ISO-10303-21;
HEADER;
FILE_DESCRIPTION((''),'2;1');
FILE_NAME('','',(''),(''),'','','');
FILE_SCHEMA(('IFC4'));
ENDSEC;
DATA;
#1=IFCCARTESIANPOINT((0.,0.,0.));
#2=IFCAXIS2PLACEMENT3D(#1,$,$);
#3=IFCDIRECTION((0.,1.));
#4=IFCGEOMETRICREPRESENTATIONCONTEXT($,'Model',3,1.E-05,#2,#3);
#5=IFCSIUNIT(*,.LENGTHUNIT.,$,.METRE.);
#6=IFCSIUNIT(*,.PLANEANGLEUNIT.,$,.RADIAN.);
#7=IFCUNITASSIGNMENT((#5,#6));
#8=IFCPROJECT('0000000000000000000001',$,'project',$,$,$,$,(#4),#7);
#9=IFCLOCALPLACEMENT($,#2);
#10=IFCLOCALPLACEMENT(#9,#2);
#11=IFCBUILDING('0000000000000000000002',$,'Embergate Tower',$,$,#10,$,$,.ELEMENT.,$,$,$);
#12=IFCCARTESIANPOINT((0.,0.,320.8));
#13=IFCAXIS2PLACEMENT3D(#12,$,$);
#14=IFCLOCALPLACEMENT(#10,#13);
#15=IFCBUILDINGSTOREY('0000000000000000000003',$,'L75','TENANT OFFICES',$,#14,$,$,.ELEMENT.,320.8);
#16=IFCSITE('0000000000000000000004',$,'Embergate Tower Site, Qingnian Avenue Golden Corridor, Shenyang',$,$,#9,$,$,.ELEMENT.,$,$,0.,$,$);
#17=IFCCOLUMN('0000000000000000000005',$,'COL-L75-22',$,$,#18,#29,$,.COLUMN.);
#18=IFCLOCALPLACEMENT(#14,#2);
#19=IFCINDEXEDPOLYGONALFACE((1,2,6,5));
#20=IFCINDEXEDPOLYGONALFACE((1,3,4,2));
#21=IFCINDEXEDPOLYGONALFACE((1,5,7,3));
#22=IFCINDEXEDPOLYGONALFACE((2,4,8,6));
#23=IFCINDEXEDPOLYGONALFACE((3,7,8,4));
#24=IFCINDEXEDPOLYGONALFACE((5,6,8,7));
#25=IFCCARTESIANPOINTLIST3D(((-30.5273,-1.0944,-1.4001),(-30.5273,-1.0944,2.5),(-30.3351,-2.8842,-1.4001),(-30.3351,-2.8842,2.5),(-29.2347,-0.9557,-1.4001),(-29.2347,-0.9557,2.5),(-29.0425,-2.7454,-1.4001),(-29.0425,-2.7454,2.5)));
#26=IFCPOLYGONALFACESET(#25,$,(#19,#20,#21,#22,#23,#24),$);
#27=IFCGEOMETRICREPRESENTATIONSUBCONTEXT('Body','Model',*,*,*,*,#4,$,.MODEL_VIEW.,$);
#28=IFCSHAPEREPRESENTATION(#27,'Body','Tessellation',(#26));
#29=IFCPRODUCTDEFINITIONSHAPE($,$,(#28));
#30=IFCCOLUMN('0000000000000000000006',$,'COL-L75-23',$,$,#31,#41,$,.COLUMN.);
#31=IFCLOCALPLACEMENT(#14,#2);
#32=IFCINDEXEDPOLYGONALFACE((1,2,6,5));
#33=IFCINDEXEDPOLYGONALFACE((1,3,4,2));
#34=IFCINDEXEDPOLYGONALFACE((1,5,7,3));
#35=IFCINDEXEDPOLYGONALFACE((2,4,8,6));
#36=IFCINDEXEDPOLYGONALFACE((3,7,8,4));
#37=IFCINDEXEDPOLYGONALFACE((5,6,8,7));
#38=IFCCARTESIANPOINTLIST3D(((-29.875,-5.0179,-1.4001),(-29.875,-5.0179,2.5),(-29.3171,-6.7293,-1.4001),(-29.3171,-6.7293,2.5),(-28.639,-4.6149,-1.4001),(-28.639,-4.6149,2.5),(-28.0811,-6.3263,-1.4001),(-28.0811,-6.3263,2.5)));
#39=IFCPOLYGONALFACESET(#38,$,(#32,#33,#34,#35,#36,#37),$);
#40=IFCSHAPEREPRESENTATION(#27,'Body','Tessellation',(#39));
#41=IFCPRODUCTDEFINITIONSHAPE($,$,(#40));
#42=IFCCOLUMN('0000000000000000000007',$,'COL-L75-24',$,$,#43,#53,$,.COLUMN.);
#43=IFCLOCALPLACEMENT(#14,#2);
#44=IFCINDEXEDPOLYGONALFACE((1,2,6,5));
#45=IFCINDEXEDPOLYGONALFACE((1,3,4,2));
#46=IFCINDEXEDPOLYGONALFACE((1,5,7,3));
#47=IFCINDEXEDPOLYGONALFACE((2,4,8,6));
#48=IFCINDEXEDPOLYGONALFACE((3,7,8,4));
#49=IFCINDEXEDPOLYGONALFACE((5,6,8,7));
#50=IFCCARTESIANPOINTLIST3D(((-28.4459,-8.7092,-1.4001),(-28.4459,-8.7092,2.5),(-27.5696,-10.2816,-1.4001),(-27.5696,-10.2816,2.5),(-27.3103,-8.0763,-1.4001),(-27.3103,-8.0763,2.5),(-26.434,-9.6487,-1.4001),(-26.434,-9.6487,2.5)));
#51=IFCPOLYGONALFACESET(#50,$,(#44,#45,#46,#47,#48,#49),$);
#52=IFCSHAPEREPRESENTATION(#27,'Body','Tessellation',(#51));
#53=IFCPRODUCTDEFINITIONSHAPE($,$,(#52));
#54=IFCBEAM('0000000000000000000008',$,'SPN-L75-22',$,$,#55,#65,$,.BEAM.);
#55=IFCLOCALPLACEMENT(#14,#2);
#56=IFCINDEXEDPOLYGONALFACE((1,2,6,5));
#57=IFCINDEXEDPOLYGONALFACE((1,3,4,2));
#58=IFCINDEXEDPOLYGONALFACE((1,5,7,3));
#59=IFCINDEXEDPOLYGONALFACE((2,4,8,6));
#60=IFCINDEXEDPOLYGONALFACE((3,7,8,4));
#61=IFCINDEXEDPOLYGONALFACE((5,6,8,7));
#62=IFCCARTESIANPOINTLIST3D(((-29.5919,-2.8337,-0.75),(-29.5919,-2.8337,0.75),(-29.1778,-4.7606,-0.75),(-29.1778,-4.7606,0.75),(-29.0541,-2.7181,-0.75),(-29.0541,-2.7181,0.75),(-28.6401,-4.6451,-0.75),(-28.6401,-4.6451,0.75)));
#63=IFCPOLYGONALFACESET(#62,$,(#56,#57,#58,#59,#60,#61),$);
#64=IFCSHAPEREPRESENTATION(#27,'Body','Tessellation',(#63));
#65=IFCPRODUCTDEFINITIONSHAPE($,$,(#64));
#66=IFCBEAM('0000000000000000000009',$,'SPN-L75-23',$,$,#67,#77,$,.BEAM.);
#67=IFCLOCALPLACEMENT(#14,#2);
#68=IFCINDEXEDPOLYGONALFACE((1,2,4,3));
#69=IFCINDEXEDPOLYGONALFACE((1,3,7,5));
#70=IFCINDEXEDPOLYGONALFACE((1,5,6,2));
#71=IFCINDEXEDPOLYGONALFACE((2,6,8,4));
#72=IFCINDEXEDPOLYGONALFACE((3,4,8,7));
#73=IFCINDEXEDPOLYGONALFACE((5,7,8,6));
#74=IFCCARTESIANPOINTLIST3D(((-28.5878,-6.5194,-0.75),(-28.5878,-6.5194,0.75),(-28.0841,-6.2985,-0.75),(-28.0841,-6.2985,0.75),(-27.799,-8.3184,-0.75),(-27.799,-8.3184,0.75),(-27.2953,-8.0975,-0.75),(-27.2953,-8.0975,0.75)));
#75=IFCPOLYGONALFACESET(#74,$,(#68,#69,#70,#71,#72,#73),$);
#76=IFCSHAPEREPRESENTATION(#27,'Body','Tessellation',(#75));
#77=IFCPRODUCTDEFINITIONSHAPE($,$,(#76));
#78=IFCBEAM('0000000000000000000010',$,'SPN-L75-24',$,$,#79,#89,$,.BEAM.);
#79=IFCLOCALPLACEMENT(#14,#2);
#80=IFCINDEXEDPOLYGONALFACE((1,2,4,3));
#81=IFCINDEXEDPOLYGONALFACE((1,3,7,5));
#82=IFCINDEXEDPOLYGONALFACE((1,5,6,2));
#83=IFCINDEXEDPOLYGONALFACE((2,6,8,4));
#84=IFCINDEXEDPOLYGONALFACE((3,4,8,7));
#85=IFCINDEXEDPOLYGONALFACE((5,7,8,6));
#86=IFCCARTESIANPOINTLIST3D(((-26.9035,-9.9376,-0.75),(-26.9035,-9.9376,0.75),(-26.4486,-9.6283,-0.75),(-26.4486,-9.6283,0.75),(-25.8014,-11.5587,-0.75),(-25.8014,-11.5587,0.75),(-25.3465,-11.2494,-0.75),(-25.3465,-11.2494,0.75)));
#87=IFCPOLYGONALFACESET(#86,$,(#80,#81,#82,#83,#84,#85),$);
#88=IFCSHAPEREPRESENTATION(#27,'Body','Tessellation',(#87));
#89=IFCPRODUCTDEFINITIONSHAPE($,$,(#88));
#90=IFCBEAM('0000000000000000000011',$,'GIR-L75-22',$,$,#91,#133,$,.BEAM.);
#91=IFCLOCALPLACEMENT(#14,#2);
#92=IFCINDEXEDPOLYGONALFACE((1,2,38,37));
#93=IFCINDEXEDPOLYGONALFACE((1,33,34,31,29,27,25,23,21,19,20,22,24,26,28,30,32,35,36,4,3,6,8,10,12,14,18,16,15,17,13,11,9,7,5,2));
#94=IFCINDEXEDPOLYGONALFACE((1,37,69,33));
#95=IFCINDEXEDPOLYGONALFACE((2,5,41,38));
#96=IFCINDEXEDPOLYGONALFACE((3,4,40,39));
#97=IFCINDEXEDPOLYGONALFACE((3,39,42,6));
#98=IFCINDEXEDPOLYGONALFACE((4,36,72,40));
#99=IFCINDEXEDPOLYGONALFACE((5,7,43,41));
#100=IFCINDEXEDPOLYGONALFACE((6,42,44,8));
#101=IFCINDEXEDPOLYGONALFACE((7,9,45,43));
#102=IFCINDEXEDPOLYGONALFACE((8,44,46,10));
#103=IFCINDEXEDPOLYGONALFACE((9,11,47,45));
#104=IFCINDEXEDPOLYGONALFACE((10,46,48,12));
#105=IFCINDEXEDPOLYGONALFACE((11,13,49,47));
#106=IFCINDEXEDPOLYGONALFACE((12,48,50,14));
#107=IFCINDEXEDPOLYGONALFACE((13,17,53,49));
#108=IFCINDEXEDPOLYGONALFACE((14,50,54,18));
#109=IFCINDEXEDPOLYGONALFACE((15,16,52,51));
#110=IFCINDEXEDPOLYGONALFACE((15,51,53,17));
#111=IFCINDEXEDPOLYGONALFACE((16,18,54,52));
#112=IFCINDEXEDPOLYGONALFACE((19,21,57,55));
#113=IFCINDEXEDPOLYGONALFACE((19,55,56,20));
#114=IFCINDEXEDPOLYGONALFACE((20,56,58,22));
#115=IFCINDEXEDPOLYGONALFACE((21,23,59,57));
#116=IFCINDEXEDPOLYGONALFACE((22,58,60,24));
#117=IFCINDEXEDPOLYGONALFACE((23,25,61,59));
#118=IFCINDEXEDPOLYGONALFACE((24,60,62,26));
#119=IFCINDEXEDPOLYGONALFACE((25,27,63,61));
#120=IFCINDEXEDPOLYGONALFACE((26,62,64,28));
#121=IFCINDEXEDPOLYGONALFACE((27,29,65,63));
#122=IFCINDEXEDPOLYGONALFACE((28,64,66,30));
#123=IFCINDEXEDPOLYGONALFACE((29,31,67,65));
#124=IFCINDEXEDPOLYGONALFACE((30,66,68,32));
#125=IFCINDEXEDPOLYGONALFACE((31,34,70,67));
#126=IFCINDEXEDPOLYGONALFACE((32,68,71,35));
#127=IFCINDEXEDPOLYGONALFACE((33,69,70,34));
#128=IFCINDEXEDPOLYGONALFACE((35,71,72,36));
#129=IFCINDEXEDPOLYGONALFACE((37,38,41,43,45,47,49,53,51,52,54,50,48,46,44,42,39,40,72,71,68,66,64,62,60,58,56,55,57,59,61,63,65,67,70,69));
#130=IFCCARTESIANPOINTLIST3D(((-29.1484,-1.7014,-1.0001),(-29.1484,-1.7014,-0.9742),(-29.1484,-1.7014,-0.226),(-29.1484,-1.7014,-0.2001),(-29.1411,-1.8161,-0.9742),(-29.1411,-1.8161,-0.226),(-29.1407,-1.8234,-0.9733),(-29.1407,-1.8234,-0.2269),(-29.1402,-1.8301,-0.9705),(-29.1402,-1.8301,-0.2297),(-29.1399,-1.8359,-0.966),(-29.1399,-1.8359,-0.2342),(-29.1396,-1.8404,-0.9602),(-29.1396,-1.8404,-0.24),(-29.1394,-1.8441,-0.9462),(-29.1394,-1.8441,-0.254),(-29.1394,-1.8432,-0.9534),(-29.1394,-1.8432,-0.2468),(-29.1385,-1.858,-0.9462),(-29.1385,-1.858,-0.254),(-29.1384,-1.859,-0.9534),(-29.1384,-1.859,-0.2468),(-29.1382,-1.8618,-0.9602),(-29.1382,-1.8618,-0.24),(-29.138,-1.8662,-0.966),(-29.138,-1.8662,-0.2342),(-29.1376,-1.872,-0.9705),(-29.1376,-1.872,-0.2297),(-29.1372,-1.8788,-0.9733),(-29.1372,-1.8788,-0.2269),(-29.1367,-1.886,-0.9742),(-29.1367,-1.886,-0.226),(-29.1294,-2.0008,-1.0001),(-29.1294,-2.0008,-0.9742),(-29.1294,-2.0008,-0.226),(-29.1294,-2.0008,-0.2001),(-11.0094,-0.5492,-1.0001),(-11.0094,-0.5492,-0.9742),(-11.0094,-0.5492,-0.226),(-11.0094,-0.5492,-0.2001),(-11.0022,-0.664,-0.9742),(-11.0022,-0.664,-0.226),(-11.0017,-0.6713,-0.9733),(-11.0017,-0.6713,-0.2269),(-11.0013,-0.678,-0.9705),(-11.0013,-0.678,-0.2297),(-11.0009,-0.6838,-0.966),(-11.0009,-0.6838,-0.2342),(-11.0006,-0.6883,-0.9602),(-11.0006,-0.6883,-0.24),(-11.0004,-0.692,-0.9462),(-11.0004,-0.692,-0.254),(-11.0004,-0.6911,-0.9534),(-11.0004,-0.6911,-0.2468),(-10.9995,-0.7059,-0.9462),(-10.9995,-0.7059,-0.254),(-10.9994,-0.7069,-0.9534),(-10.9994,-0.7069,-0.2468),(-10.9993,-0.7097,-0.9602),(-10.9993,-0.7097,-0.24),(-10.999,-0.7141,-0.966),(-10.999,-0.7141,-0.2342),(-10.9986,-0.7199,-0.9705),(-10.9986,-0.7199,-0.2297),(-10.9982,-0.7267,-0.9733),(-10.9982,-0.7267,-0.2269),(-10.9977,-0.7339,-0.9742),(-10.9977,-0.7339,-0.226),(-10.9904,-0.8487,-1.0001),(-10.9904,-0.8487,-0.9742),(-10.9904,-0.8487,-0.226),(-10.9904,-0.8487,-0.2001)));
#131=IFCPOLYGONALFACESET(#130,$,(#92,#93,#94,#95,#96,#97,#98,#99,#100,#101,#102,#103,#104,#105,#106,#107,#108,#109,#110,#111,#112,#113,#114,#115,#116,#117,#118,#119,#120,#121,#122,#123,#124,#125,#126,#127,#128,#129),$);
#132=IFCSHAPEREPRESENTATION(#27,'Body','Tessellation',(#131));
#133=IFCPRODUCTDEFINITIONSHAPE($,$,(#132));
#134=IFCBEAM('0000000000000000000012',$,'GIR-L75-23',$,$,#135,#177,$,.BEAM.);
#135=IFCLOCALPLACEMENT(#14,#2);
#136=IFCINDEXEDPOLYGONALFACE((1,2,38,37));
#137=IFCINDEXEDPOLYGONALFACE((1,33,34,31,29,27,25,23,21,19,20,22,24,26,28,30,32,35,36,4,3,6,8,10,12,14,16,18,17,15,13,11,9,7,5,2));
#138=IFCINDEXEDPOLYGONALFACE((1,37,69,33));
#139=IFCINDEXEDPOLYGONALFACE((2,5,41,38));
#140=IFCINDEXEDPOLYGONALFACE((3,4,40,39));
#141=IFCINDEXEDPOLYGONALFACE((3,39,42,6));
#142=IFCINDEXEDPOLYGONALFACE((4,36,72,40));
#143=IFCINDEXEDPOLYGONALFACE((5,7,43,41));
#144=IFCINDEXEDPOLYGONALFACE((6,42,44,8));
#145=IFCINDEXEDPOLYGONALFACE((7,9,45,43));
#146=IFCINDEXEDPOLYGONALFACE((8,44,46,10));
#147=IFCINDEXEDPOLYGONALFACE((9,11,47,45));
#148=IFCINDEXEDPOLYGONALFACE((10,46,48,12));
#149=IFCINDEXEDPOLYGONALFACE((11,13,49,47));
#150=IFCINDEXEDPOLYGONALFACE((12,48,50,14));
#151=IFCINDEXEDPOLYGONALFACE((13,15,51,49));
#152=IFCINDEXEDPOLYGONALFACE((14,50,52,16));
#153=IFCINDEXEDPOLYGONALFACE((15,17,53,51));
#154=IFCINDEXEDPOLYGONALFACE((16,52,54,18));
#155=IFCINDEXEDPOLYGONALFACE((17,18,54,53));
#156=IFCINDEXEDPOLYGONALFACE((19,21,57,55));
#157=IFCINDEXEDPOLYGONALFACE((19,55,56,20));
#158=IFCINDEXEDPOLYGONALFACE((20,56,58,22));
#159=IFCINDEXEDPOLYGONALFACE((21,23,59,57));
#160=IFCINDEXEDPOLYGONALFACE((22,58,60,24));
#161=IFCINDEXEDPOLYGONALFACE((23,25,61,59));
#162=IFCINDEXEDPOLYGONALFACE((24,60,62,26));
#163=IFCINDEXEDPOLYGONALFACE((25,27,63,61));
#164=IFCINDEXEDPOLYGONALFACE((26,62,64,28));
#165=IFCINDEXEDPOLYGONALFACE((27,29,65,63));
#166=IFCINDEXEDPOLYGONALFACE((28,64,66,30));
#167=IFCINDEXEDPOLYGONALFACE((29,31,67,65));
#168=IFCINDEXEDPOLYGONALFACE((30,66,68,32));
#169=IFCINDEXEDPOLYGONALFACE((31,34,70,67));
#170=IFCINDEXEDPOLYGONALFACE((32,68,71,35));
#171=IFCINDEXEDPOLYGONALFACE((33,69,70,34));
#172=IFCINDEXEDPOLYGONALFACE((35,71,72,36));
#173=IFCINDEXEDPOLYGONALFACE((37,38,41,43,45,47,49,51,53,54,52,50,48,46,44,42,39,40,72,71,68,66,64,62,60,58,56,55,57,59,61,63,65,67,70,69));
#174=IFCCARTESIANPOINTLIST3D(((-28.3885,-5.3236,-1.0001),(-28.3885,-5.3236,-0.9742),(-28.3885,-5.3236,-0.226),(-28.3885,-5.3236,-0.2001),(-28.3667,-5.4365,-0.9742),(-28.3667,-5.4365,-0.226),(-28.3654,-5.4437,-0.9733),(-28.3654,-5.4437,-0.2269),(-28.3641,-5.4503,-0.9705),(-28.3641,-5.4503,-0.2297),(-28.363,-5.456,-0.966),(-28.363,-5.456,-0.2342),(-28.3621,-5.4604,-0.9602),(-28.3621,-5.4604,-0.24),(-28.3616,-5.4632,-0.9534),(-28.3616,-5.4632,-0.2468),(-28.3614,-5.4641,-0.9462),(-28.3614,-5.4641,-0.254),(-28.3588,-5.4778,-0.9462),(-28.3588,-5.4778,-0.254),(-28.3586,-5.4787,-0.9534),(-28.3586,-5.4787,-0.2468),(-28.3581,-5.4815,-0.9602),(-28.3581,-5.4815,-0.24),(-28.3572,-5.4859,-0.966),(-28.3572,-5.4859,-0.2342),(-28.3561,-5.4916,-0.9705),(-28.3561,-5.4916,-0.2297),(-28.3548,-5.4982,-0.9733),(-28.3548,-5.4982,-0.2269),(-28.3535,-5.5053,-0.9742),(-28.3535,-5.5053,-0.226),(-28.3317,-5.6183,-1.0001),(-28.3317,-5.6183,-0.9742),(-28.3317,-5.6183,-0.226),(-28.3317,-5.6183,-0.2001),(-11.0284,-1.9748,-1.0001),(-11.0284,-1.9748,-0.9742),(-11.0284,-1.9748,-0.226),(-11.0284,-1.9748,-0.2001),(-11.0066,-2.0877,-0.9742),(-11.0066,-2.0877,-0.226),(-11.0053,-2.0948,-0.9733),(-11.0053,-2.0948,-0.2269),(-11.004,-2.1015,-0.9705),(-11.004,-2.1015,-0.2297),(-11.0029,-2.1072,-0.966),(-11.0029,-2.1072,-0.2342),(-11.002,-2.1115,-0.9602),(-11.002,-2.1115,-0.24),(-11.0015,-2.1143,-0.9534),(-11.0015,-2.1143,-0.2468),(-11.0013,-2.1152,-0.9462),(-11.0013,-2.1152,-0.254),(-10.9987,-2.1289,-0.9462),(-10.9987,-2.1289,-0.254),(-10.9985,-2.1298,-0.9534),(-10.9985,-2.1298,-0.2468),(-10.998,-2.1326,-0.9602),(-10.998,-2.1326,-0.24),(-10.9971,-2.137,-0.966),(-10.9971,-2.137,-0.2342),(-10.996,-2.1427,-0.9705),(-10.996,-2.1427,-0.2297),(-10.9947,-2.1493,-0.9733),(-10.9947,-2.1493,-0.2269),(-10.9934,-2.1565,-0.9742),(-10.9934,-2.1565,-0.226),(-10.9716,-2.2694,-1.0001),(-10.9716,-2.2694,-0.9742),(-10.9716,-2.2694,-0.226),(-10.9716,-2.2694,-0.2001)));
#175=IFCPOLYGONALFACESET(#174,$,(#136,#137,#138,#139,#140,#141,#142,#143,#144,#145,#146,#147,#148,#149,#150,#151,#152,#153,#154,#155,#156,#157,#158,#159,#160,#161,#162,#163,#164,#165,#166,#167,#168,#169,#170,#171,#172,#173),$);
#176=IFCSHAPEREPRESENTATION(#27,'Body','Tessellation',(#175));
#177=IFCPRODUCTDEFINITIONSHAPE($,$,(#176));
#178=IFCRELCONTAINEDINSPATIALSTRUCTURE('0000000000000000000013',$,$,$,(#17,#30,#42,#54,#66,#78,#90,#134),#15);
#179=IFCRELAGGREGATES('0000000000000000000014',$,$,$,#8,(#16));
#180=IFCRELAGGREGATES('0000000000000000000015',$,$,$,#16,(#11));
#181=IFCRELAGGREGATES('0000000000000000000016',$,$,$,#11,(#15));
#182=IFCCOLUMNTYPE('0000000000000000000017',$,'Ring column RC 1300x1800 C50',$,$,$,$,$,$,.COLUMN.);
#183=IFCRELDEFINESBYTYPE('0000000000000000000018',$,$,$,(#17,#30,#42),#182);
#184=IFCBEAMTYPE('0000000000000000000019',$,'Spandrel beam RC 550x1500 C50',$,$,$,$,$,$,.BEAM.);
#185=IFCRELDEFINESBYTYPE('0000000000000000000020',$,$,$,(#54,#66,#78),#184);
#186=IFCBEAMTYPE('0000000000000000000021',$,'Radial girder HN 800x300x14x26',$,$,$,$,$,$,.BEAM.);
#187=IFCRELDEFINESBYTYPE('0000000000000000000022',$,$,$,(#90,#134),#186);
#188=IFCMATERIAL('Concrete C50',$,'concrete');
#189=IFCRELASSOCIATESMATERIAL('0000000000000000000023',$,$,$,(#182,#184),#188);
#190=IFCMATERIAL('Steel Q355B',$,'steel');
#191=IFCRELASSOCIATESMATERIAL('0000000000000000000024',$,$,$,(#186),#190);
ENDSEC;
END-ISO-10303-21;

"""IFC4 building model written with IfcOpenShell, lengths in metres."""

from ifc_helpers import new_model, si_unit, direction, frame, origin, origin_2d, place, context, subcontext, project, spatial, rectangle, i_section, extrude, source, transform, mapped, material, material_profile, profile_set, type_object, element, save


model = new_model("IFC4")

# Units and contexts
model_context = context("Model", 3, precision=1e-05, world=origin(), true_north=direction((0.0, 1.0)))
body_context = subcontext(model_context, "Body", "Model", "MODEL_VIEW")
ifc_project = project(units=[si_unit("LENGTHUNIT", "METRE"), si_unit("PLANEANGLEUNIT", "RADIAN")], contexts=[model_context])

# Site, building, storey
site_placement = place(None, origin())
site = spatial("IfcSite", under=ifc_project, at=site_placement, Name="Embergate Tower Site, Qingnian Avenue Golden Corridor, Shenyang", CompositionType="ELEMENT", RefElevation=0.0)
building_placement = place(site_placement, origin())
building = spatial("IfcBuilding", under=site, at=building_placement, Name="Embergate Tower", CompositionType="ELEMENT")
storey_placement = place(building_placement, frame((0.0, 0.0, 320.8)))
storey = spatial("IfcBuildingStorey", under=building, at=storey_placement, Name="L75", Description="TENANT OFFICES", CompositionType="ELEMENT", Elevation=320.8)

# Columns
ifc_material_1 = material(Name="Concrete C50", Category="concrete")
ifc_material_profile_1 = material_profile(ifc_material_1, rectangle(XDim=1.3, YDim=1.8, at=origin_2d()), Name="RC 1300x1800")
ifc_profile_set_1 = profile_set([ifc_material_profile_1], Name="Concrete C50")
column_type = type_object("IfcColumnType", Name="Ring column RC 1300x1800 C50", PredefinedType="COLUMN", material=ifc_profile_set_1)
shared_shape_1 = source(origin(), body_context, "Body", "SweptSolid", [
    extrude(rectangle(XDim=1.3, YDim=1.8, at=origin_2d()), origin(), (0.0, 0.0, 1.0), 3.9001),
])
for number, where, z_axis, x_axis, name in (
    (1, (-29.7849, -1.9199, -1.4001), (0.0, 0.0, 1.0), (-0.994286, -0.10675, 0.0), "COL-L75-22"),
    (2, (-28.978, -5.6721, -1.4001), (0.0, 0.0, 1.0), (-0.950754, -0.309946, 0.0), "COL-L75-23"),
    (3, (-27.4399, -9.179, -1.4001), (0.0, 0.0, 1.0), (-0.8735, -0.486823, 0.0), "COL-L75-24"),
):
    element("IfcColumn", number, at=place(storey_placement, frame(where, z_axis=z_axis, x_axis=x_axis)), inside=storey, type_object=column_type, Name=name, PredefinedType="COLUMN", context=body_context, shape_type="MappedRepresentation", body=[
        mapped(shared_shape_1, transform((0.0, 0.0, 0.0))),
    ])

# Beams
ifc_material_profile_2 = material_profile(ifc_material_1, rectangle(XDim=0.55, YDim=1.5, at=origin_2d()), Name="RC 550x1500")
ifc_profile_set_2 = profile_set([ifc_material_profile_2], Name="Concrete C50")
beam_type_1 = type_object("IfcBeamType", Name="Spandrel beam RC 550x1500 C50", PredefinedType="BEAM", material=ifc_profile_set_2)
shared_shape_2 = source(origin(), body_context, "Body", "SweptSolid", [
    extrude(rectangle(XDim=0.55, YDim=1.5, at=origin_2d()), origin(), (0.0, 0.0, 1.0), 1.9709),
])
beam_1_placement = place(storey_placement, frame((-29.323, -2.7759, 0.0), z_axis=(0.210079, -0.977684, 0.0), x_axis=(0.977684, 0.210079, 0.0)))
element("IfcBeam", 4, at=beam_1_placement, inside=storey, type_object=beam_type_1, Name="SPN-L75-22", PredefinedType="BEAM", context=body_context, shape_type="MappedRepresentation", body=[
    mapped(shared_shape_2, transform((0.0, 0.0, 0.0))),
])
shared_shape_3 = source(origin(), body_context, "Body", "SweptSolid", [
    extrude(rectangle(XDim=0.55, YDim=1.5, at=origin_2d()), origin(), (0.0, 0.0, 1.0), 1.9644),
])
beam_2_placement = place(storey_placement, frame((-28.3359, -6.4089, 0.0), z_axis=(0.401555, -0.915835, 0.0), x_axis=(0.915835, 0.401555, 0.0)))
element("IfcBeam", 5, at=beam_2_placement, inside=storey, type_object=beam_type_1, Name="SPN-L75-23", PredefinedType="BEAM", context=body_context, shape_type="MappedRepresentation", body=[
    mapped(shared_shape_3, transform((0.0, 0.0, 0.0))),
])
shared_shape_4 = source(origin(), body_context, "Body", "SweptSolid", [
    extrude(rectangle(XDim=0.55, YDim=1.5, at=origin_2d()), origin(), (0.0, 0.0, 1.0), 1.9602),
])
beam_3_placement = place(storey_placement, frame((-26.676, -9.783, 0.0), z_axis=(0.562208, -0.826996, 0.0), x_axis=(0.826996, 0.562208, 0.0)))
element("IfcBeam", 6, at=beam_3_placement, inside=storey, type_object=beam_type_1, Name="SPN-L75-24", PredefinedType="BEAM", context=body_context, shape_type="MappedRepresentation", body=[
    mapped(shared_shape_4, transform((0.0, 0.0, 0.0))),
])
ifc_material_2 = material(Name="Steel Q355B", Category="steel")
ifc_material_profile_3 = material_profile(ifc_material_2, i_section(OverallWidth=0.3, OverallDepth=0.8, WebThickness=0.0139, FlangeThickness=0.0259, FilletRadius=0.0281, at=origin_2d()), Name="HN 800x300x14x26")
ifc_profile_set_3 = profile_set([ifc_material_profile_3], Name="Steel Q355 grade B")
beam_type_2 = type_object("IfcBeamType", Name="Radial girder HN 800x300x14x26", PredefinedType="BEAM", material=ifc_profile_set_3)
shared_shape_5 = source(origin(), body_context, "Body", "SweptSolid", [
    extrude(i_section(OverallWidth=0.3, OverallDepth=0.8, WebThickness=0.0139, FlangeThickness=0.0259, FilletRadius=0.0281, at=origin_2d()), origin(), (0.0, 0.0, 1.0), 18.1755),
])
beam_4_placement = place(storey_placement, frame((-29.1389, -1.8511, -0.6001), z_axis=(0.997989, 0.063388, 0.0), x_axis=(-0.063388, 0.997989, 0.0)))
element("IfcBeam", 7, at=beam_4_placement, inside=storey, type_object=beam_type_2, Name="GIR-L75-22", PredefinedType="BEAM", context=body_context, shape_type="MappedRepresentation", body=[
    mapped(shared_shape_5, transform((0.0, 0.0, 0.0))),
])
shared_shape_6 = source(origin(), body_context, "Body", "SweptSolid", [
    extrude(i_section(OverallWidth=0.3, OverallDepth=0.8, WebThickness=0.0139, FlangeThickness=0.0259, FilletRadius=0.0281, at=origin_2d()), origin(), (0.0, 0.0, 1.0), 17.6802),
])
beam_5_placement = place(storey_placement, frame((-28.3601, -5.4709, -0.6001), z_axis=(0.981897, 0.189414, 0.0), x_axis=(-0.189414, 0.981897, 0.0)))
element("IfcBeam", 8, at=beam_5_placement, inside=storey, type_object=beam_type_2, Name="GIR-L75-23", PredefinedType="BEAM", context=body_context, shape_type="MappedRepresentation", body=[
    mapped(shared_shape_6, transform((0.0, 0.0, 0.0))),
])

save(model, "model.ifc")
